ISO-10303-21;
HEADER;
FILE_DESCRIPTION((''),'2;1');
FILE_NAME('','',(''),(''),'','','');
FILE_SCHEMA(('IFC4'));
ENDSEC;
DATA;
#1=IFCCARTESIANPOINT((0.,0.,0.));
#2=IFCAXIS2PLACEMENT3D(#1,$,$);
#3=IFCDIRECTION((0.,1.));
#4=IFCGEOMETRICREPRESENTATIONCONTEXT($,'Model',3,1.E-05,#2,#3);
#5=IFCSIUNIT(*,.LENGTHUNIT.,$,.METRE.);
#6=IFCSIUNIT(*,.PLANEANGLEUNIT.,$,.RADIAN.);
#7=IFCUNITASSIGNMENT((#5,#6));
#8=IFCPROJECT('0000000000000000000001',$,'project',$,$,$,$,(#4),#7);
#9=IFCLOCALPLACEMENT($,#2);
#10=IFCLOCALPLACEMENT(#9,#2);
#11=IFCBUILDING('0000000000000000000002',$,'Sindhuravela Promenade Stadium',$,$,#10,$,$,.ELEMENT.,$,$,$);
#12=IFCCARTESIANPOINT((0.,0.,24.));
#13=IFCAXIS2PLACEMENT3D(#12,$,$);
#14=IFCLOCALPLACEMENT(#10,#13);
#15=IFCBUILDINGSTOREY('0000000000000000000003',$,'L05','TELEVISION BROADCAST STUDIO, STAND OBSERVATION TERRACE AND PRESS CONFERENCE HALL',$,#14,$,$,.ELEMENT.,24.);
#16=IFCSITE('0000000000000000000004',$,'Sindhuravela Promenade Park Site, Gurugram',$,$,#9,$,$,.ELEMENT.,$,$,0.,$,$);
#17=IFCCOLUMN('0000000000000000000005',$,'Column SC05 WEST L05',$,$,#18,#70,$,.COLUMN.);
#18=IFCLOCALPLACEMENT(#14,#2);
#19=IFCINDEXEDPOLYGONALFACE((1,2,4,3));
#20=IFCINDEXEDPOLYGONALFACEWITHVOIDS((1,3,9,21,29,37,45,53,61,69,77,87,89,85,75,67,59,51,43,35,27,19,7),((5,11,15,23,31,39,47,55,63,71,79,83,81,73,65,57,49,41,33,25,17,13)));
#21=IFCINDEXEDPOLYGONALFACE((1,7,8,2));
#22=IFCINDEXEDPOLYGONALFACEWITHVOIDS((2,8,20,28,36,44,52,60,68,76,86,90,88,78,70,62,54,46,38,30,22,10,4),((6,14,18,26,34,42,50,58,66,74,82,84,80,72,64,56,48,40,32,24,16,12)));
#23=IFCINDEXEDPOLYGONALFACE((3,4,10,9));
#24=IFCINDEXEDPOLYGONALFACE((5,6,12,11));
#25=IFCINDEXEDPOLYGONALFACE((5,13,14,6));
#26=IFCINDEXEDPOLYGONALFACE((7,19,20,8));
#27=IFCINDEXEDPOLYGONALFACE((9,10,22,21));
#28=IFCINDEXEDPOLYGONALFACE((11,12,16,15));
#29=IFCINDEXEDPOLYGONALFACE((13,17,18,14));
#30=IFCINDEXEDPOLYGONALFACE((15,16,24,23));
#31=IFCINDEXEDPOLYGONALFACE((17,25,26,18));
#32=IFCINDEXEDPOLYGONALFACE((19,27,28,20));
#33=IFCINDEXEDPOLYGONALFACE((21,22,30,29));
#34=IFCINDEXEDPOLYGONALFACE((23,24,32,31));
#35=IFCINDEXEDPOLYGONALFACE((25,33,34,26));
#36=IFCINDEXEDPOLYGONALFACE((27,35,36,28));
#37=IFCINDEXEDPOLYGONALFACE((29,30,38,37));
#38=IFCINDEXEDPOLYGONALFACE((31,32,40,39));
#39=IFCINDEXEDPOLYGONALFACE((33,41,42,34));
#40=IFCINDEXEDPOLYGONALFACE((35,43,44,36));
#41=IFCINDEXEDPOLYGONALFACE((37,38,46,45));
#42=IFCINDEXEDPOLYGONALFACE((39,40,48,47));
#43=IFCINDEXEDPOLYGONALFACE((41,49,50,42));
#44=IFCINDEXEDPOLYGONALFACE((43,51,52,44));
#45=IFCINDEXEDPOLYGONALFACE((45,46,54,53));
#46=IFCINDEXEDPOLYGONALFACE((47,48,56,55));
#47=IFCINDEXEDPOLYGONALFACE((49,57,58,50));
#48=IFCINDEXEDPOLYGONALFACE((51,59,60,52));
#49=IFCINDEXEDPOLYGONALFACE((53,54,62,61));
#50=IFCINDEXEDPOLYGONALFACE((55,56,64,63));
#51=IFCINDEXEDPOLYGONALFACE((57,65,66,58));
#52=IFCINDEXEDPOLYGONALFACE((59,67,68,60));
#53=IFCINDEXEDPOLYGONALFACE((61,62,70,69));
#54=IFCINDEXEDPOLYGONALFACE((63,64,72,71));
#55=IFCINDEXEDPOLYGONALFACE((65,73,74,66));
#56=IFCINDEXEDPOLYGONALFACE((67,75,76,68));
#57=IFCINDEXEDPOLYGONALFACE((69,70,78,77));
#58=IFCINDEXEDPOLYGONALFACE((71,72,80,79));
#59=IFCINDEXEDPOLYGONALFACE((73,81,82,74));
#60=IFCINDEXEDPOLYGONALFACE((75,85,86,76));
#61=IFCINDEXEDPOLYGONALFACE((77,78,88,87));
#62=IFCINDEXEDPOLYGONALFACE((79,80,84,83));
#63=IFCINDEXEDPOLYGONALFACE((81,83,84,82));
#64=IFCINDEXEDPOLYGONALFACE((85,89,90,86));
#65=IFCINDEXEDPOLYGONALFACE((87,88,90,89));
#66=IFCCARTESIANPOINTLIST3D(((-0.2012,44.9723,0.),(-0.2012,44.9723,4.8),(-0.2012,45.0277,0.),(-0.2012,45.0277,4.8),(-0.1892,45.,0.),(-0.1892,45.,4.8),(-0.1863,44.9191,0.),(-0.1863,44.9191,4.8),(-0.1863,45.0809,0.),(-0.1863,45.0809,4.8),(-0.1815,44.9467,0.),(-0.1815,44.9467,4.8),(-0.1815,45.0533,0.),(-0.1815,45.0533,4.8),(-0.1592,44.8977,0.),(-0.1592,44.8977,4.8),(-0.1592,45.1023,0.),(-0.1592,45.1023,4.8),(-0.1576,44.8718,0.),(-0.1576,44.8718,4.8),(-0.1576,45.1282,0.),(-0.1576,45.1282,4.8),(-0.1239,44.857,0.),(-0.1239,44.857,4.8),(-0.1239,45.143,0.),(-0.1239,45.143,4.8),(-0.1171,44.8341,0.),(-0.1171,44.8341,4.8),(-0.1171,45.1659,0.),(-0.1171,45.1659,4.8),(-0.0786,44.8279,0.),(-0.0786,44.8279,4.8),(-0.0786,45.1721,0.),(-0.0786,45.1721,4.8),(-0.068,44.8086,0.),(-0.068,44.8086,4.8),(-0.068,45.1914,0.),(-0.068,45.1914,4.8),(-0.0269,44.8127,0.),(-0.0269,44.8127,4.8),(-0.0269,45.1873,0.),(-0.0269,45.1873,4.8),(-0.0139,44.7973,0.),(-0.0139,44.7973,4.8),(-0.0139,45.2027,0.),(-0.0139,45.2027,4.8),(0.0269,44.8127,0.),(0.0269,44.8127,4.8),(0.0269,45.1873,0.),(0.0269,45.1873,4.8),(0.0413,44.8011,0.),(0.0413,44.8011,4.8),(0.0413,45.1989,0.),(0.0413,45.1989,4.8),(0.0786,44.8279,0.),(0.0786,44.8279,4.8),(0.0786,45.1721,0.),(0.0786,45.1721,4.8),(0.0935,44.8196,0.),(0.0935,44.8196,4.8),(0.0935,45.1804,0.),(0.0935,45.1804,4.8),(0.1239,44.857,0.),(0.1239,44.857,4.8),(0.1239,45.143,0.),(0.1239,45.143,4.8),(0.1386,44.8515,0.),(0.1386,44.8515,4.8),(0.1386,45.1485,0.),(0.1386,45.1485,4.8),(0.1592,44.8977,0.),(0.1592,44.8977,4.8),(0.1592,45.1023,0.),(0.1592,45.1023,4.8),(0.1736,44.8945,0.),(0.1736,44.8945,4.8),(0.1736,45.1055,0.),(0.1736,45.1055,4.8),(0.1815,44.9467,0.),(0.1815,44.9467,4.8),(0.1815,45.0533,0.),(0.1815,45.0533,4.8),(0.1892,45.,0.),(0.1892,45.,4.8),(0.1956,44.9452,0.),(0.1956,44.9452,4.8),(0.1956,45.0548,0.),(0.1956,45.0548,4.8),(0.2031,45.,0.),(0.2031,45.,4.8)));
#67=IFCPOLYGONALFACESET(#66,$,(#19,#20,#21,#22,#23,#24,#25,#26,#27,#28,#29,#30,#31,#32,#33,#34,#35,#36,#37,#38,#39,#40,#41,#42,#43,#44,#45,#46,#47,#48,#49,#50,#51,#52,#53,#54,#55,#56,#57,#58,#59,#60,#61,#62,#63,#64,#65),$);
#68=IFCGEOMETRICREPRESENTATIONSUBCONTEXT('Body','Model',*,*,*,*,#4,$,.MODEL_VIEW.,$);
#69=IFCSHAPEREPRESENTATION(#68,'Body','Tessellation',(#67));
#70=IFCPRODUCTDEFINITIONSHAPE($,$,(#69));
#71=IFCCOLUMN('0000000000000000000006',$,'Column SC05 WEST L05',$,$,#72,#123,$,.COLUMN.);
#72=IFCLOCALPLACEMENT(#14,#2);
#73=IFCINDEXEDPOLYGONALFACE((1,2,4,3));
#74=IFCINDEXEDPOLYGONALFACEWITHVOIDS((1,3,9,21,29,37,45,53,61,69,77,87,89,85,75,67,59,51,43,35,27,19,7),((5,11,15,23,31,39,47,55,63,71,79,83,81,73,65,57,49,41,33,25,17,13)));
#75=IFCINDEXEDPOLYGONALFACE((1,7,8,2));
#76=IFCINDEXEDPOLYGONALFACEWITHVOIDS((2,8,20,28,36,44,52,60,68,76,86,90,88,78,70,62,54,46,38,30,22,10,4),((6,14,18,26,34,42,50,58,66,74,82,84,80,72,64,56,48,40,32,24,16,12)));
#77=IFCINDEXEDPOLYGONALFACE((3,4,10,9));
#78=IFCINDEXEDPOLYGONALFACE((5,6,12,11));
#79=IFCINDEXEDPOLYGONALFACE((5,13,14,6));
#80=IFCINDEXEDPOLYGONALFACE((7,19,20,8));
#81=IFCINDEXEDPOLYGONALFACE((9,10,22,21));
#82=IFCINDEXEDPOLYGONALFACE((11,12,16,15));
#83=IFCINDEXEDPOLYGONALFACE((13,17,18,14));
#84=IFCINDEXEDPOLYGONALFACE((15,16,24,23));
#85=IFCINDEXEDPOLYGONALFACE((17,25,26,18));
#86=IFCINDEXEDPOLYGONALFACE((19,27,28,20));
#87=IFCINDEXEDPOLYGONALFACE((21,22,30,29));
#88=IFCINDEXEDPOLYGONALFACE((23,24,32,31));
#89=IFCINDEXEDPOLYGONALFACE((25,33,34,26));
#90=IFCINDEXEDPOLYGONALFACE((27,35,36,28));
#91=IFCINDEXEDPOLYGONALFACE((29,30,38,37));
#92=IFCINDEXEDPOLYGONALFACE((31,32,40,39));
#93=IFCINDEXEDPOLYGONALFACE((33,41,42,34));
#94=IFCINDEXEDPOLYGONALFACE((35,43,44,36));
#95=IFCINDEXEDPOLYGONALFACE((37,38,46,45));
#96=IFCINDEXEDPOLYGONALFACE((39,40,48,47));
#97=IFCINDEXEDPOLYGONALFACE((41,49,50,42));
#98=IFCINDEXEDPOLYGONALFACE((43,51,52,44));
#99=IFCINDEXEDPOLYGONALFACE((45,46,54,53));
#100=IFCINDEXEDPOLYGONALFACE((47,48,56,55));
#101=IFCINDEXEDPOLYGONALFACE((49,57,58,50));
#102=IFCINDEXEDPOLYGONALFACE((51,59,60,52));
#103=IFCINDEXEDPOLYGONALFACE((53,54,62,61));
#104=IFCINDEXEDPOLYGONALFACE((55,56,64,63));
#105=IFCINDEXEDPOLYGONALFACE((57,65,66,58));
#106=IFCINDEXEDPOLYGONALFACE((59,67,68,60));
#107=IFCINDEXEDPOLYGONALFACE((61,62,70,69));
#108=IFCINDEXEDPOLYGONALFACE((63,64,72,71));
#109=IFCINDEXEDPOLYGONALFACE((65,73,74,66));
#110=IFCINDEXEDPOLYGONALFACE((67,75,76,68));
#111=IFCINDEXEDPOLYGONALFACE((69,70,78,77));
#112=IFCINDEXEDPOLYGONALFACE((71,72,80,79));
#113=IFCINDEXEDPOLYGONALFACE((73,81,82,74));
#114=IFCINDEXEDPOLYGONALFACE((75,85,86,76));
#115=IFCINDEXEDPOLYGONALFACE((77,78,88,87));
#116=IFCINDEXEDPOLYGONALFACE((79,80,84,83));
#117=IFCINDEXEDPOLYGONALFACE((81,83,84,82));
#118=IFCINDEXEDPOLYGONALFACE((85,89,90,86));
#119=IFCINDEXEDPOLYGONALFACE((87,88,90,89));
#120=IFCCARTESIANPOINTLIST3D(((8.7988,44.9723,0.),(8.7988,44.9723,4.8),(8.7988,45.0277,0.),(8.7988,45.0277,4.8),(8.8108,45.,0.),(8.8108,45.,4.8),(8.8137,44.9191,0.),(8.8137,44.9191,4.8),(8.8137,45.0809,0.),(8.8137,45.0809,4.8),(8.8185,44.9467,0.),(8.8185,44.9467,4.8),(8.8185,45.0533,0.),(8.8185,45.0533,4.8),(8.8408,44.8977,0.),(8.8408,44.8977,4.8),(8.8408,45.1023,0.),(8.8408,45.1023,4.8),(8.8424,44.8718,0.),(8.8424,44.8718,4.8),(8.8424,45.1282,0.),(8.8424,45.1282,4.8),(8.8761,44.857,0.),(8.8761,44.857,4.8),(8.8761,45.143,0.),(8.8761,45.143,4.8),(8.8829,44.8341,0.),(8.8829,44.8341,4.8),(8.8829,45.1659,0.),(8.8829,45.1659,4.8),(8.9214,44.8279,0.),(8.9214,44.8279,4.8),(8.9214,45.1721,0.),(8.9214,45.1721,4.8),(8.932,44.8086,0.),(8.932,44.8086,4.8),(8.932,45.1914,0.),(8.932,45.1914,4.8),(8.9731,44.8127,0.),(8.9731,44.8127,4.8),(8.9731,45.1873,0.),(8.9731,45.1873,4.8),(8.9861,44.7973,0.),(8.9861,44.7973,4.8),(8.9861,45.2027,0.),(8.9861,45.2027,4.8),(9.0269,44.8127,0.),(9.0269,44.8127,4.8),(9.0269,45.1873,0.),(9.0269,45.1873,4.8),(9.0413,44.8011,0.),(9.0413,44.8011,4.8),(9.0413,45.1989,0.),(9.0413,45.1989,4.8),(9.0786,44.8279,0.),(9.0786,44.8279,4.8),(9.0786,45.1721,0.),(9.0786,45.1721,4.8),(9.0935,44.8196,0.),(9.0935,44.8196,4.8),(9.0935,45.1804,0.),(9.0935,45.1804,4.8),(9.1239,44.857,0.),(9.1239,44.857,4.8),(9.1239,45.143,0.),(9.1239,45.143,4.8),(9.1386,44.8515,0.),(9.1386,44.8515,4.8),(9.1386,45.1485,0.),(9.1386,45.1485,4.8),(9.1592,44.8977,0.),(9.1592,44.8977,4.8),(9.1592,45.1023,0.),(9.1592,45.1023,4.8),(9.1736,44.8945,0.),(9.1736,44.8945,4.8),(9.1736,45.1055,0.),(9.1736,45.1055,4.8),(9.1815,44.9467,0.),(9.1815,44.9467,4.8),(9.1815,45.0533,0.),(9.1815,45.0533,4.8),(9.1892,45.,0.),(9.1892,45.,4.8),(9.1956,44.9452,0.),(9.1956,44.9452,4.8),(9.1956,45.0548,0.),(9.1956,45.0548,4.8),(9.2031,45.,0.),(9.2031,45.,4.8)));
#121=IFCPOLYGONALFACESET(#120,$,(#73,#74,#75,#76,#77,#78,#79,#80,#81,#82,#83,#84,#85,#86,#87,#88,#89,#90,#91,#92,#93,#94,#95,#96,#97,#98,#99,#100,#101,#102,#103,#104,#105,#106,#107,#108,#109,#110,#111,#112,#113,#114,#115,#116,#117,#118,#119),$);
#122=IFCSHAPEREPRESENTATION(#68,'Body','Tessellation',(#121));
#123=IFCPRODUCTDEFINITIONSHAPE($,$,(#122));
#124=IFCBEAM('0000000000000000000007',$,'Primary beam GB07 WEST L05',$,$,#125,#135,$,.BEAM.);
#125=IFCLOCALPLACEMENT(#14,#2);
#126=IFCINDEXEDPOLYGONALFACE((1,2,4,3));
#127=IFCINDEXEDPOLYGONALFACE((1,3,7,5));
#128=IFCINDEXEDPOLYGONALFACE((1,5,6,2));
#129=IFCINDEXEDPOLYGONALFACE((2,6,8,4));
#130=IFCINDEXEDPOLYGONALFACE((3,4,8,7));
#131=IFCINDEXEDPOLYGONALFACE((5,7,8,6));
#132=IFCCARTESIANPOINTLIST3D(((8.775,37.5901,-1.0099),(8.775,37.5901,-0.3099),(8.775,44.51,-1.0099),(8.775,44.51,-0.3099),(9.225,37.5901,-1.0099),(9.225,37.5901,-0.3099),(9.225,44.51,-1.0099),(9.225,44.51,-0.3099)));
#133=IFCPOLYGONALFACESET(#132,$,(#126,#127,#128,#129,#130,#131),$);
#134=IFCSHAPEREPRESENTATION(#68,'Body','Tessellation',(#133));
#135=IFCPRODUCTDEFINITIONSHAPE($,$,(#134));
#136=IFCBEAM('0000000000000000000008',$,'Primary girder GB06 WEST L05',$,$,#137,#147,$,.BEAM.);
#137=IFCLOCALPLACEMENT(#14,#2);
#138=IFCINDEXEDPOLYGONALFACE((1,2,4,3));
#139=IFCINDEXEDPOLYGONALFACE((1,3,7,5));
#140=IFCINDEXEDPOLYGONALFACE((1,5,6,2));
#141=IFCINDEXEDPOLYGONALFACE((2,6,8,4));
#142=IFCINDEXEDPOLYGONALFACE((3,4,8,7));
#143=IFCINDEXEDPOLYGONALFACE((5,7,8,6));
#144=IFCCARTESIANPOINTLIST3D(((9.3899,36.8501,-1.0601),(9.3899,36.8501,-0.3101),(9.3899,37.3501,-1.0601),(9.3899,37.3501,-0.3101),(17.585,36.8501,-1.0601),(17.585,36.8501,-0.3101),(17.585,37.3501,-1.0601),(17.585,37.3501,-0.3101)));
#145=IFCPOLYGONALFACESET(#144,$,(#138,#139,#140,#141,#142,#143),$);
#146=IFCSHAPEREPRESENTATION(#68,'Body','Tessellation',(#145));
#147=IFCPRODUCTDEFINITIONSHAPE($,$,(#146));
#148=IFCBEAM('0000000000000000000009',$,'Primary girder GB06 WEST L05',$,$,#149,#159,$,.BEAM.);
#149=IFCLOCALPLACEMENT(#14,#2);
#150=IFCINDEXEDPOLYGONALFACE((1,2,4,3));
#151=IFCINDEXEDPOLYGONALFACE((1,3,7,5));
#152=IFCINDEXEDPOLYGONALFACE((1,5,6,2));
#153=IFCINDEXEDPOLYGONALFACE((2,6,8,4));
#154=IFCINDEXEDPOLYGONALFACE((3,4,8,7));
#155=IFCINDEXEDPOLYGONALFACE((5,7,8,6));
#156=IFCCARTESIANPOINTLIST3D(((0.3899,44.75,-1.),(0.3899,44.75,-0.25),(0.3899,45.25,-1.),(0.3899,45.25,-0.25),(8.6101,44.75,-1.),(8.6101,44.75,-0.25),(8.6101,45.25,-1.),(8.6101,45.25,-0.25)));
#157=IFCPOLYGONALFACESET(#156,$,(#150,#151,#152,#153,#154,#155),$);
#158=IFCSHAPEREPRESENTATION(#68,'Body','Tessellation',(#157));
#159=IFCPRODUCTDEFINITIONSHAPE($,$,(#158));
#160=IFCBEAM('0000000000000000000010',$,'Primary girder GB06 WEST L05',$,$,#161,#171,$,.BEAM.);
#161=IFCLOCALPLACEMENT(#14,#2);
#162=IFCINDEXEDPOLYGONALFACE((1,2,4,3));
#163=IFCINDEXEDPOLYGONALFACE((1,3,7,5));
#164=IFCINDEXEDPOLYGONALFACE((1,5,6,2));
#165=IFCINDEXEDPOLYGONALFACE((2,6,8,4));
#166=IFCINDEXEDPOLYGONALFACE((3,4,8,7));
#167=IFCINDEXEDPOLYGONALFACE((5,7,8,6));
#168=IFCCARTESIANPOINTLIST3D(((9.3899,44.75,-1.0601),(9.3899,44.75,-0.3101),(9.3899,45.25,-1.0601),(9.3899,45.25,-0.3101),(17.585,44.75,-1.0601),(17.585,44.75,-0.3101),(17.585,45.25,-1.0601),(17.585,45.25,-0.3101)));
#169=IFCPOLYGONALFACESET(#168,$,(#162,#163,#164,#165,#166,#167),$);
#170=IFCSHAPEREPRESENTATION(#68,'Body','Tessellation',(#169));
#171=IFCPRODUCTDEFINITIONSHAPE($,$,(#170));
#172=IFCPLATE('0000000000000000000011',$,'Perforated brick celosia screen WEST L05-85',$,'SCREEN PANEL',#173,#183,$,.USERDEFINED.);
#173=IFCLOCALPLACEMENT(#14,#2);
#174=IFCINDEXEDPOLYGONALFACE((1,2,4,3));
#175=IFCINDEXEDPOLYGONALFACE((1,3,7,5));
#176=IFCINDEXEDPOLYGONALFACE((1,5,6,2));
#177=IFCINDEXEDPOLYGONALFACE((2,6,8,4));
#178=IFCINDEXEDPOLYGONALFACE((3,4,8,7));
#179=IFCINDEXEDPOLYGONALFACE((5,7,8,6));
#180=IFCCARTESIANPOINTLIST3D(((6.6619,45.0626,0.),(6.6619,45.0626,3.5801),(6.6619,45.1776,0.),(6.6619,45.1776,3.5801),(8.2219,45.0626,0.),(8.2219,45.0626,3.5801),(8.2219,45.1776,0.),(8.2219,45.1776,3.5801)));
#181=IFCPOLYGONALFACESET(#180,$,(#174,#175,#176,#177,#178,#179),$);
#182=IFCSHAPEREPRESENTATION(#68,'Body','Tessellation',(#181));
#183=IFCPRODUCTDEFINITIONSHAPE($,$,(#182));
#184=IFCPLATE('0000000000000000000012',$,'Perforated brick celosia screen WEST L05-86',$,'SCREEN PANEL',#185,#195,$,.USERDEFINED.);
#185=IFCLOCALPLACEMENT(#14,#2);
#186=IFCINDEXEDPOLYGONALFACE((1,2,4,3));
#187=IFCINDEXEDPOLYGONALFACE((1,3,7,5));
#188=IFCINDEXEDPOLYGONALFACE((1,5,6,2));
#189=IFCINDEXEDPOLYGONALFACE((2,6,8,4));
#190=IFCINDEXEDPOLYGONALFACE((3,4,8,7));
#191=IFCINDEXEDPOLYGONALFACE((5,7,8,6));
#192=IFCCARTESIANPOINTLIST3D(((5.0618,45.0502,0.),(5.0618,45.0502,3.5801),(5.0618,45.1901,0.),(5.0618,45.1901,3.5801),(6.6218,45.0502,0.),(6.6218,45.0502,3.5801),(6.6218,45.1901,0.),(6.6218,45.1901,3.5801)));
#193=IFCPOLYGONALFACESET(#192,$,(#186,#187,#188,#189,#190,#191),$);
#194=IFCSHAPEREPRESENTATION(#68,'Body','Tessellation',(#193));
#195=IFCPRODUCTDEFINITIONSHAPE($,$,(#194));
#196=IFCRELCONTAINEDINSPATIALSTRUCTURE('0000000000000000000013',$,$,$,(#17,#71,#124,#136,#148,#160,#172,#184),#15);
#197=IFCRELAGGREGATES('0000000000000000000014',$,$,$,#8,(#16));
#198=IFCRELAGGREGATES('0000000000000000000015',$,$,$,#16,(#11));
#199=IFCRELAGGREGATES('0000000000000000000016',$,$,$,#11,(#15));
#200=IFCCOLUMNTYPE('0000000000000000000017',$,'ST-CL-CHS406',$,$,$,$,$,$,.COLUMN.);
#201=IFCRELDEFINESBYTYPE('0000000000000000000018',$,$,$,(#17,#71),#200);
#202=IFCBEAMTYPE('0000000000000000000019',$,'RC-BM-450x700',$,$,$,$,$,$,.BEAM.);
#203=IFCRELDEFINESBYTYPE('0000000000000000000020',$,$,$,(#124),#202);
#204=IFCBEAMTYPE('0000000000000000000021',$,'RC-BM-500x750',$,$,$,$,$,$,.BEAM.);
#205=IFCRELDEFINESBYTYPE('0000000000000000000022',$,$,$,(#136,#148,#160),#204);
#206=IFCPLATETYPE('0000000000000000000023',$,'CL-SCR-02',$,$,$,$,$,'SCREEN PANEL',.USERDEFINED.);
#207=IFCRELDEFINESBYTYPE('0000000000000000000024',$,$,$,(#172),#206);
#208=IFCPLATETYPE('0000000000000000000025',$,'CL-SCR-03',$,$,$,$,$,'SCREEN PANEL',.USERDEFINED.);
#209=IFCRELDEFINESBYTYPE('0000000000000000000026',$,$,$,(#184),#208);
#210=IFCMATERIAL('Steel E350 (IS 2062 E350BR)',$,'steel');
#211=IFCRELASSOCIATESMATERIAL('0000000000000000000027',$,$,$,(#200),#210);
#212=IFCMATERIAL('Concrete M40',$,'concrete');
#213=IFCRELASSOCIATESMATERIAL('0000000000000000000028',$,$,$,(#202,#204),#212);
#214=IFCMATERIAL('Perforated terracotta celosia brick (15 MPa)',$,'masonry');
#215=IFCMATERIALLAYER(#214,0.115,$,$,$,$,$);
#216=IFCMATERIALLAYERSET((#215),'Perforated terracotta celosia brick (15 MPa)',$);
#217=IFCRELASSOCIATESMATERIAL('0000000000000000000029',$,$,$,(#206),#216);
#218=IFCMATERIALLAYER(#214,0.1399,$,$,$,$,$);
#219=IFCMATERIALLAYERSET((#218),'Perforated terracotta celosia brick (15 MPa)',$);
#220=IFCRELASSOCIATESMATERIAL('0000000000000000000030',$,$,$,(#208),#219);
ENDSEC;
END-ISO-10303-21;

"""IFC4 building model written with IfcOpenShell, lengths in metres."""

from ifc_helpers import new_model, si_unit, direction, frame, origin, origin_2d, place, context, subcontext, project, spatial, rectangle, hollow_circle, extrude, material, layer, layer_set, material_profile, profile_set, type_object, element, save


model = new_model("IFC4")

# Units and contexts
model_context = context("Model", 3, precision=1e-05, world=origin(), true_north=direction((0.0, 1.0)))
body_context = subcontext(model_context, "Body", "Model", "MODEL_VIEW")
ifc_project = project(units=[si_unit("LENGTHUNIT", "METRE"), si_unit("PLANEANGLEUNIT", "RADIAN")], contexts=[model_context])

# Site, building, storey
site_placement = place(None, origin())
site = spatial("IfcSite", under=ifc_project, at=site_placement, Name="Sindhuravela Promenade Park Site, Gurugram", CompositionType="ELEMENT", RefElevation=0.0)
building_placement = place(site_placement, origin())
building = spatial("IfcBuilding", under=site, at=building_placement, Name="Sindhuravela Promenade Stadium", CompositionType="ELEMENT")
storey_placement = place(building_placement, frame((0.0, 0.0, 24.0)))
storey = spatial("IfcBuildingStorey", under=building, at=storey_placement, Name="L05", Description="TELEVISION BROADCAST STUDIO, STAND OBSERVATION TERRACE AND PRESS CONFERENCE HALL", CompositionType="ELEMENT", Elevation=24.0)

# Columns
ifc_material_1 = material(Name="Steel E350 (IS 2062 E350BR)", Category="steel")
ifc_material_profile_1 = material_profile(ifc_material_1, hollow_circle(Radius=0.2031, WallThickness=0.0139, at=origin_2d()), Name="CHS 406.4x14")
ifc_profile_set_1 = profile_set([ifc_material_profile_1], Name="Steel E350 (IS 2062 E350BR)")
column_type = type_object("IfcColumnType", Name="ST-CL-CHS406", PredefinedType="COLUMN", material=ifc_profile_set_1)
for number, where, z_axis, x_axis, name in (
    (1, (0.0, 45.0, 0.0), (0.0, 0.0, 1.0), (1.0, 0.0, 0.0), "Column SC05 WEST L05"),
    (2, (9.0, 45.0, 0.0), (0.0, 0.0, 1.0), (1.0, 0.0, 0.0), "Column SC05 WEST L05"),
):
    element("IfcColumn", number, at=place(storey_placement, frame(where, z_axis=z_axis, x_axis=x_axis)), inside=storey, type_object=column_type, Name=name, PredefinedType="COLUMN", context=body_context, shape_type="SweptSolid", body=[
        extrude(hollow_circle(Radius=0.2031, WallThickness=0.0139, at=origin_2d()), origin(), (0.0, 0.0, 1.0), 4.8),
    ])

# Beams
ifc_material_2 = material(Name="Concrete M40", Category="concrete")
ifc_material_profile_2 = material_profile(ifc_material_2, rectangle(XDim=0.45, YDim=0.7, at=origin_2d()), Name="RC 450x700")
ifc_profile_set_2 = profile_set([ifc_material_profile_2], Name="Concrete M40")
beam_type_1 = type_object("IfcBeamType", Name="RC-BM-450x700", PredefinedType="BEAM", material=ifc_profile_set_2)
beam_1_placement = place(storey_placement, frame((9.0, 37.5901, -0.6599), z_axis=(0.0, 1.0, 0.0), x_axis=(-1.0, 0.0, 0.0)))
element("IfcBeam", 3, at=beam_1_placement, inside=storey, type_object=beam_type_1, Name="Primary beam GB07 WEST L05", PredefinedType="BEAM", context=body_context, shape_type="SweptSolid", body=[
    extrude(rectangle(XDim=0.45, YDim=0.7, at=origin_2d()), origin(), (0.0, 0.0, 1.0), 6.9199),
])
ifc_material_profile_3 = material_profile(ifc_material_2, rectangle(XDim=0.5, YDim=0.75, at=origin_2d()), Name="RC 500x750")
ifc_profile_set_3 = profile_set([ifc_material_profile_3], Name="Concrete M40")
beam_type_2 = type_object("IfcBeamType", Name="RC-BM-500x750", PredefinedType="BEAM", material=ifc_profile_set_3)
beam_2_placement = place(storey_placement, frame((9.3899, 37.1001, -0.6851), z_axis=(1.0, 0.0, 0.0), x_axis=(0.0, 1.0, 0.0)))
element("IfcBeam", 4, at=beam_2_placement, inside=storey, type_object=beam_type_2, Name="Primary girder GB06 WEST L05", PredefinedType="BEAM", context=body_context, shape_type="SweptSolid", body=[
    extrude(rectangle(XDim=0.5, YDim=0.75, at=origin_2d()), origin(), (0.0, 0.0, 1.0), 8.1951),
])
beam_3_placement = place(storey_placement, frame((0.3899, 45.0, -0.625), z_axis=(1.0, 0.0, 0.0), x_axis=(0.0, 1.0, 0.0)))
element("IfcBeam", 5, at=beam_3_placement, inside=storey, type_object=beam_type_2, Name="Primary girder GB06 WEST L05", PredefinedType="BEAM", context=body_context, shape_type="SweptSolid", body=[
    extrude(rectangle(XDim=0.5, YDim=0.75, at=origin_2d()), origin(), (0.0, 0.0, 1.0), 8.2202),
])
beam_4_placement = place(storey_placement, frame((9.3899, 45.0, -0.6851), z_axis=(1.0, 0.0, 0.0), x_axis=(0.0, 1.0, 0.0)))
element("IfcBeam", 6, at=beam_4_placement, inside=storey, type_object=beam_type_2, Name="Primary girder GB06 WEST L05", PredefinedType="BEAM", context=body_context, shape_type="SweptSolid", body=[
    extrude(rectangle(XDim=0.5, YDim=0.75, at=origin_2d()), origin(), (0.0, 0.0, 1.0), 8.1951),
])

# Plates
ifc_material_3 = material(Name="Perforated terracotta celosia brick (15 MPa)", Category="masonry")
ifc_layer_1 = layer(ifc_material_3, 0.115)
ifc_layer_set_1 = layer_set([ifc_layer_1], Name="Perforated terracotta celosia brick (15 MPa)")
plate_type_1 = type_object("IfcPlateType", Name="CL-SCR-02", ElementType="SCREEN PANEL", PredefinedType="USERDEFINED", material=ifc_layer_set_1)
plate_1_placement = place(storey_placement, frame((7.4419, 45.1201, 0.0), z_axis=(0.0, 0.0, 1.0), x_axis=(-1.0, 0.0, 0.0)))
element("IfcPlate", 7, at=plate_1_placement, inside=storey, type_object=plate_type_1, Name="Perforated brick celosia screen WEST L05-85", ObjectType="SCREEN PANEL", PredefinedType="USERDEFINED", context=body_context, shape_type="SweptSolid", body=[
    extrude(rectangle(XDim=1.5601, YDim=0.115, at=origin_2d()), origin(), (0.0, 0.0, 1.0), 3.5801),
])
ifc_layer_2 = layer(ifc_material_3, 0.1399)
ifc_layer_set_2 = layer_set([ifc_layer_2], Name="Perforated terracotta celosia brick (15 MPa)")
plate_type_2 = type_object("IfcPlateType", Name="CL-SCR-03", ElementType="SCREEN PANEL", PredefinedType="USERDEFINED", material=ifc_layer_set_2)
plate_2_placement = place(storey_placement, frame((5.8418, 45.1201, 0.0), z_axis=(0.0, 0.0, 1.0), x_axis=(-1.0, 0.0, 0.0)))
element("IfcPlate", 8, at=plate_2_placement, inside=storey, type_object=plate_type_2, Name="Perforated brick celosia screen WEST L05-86", ObjectType="SCREEN PANEL", PredefinedType="USERDEFINED", context=body_context, shape_type="SweptSolid", body=[
    extrude(rectangle(XDim=1.5601, YDim=0.1399, at=origin_2d()), origin(), (0.0, 0.0, 1.0), 3.5801),
])

save(model, "model.ifc")
